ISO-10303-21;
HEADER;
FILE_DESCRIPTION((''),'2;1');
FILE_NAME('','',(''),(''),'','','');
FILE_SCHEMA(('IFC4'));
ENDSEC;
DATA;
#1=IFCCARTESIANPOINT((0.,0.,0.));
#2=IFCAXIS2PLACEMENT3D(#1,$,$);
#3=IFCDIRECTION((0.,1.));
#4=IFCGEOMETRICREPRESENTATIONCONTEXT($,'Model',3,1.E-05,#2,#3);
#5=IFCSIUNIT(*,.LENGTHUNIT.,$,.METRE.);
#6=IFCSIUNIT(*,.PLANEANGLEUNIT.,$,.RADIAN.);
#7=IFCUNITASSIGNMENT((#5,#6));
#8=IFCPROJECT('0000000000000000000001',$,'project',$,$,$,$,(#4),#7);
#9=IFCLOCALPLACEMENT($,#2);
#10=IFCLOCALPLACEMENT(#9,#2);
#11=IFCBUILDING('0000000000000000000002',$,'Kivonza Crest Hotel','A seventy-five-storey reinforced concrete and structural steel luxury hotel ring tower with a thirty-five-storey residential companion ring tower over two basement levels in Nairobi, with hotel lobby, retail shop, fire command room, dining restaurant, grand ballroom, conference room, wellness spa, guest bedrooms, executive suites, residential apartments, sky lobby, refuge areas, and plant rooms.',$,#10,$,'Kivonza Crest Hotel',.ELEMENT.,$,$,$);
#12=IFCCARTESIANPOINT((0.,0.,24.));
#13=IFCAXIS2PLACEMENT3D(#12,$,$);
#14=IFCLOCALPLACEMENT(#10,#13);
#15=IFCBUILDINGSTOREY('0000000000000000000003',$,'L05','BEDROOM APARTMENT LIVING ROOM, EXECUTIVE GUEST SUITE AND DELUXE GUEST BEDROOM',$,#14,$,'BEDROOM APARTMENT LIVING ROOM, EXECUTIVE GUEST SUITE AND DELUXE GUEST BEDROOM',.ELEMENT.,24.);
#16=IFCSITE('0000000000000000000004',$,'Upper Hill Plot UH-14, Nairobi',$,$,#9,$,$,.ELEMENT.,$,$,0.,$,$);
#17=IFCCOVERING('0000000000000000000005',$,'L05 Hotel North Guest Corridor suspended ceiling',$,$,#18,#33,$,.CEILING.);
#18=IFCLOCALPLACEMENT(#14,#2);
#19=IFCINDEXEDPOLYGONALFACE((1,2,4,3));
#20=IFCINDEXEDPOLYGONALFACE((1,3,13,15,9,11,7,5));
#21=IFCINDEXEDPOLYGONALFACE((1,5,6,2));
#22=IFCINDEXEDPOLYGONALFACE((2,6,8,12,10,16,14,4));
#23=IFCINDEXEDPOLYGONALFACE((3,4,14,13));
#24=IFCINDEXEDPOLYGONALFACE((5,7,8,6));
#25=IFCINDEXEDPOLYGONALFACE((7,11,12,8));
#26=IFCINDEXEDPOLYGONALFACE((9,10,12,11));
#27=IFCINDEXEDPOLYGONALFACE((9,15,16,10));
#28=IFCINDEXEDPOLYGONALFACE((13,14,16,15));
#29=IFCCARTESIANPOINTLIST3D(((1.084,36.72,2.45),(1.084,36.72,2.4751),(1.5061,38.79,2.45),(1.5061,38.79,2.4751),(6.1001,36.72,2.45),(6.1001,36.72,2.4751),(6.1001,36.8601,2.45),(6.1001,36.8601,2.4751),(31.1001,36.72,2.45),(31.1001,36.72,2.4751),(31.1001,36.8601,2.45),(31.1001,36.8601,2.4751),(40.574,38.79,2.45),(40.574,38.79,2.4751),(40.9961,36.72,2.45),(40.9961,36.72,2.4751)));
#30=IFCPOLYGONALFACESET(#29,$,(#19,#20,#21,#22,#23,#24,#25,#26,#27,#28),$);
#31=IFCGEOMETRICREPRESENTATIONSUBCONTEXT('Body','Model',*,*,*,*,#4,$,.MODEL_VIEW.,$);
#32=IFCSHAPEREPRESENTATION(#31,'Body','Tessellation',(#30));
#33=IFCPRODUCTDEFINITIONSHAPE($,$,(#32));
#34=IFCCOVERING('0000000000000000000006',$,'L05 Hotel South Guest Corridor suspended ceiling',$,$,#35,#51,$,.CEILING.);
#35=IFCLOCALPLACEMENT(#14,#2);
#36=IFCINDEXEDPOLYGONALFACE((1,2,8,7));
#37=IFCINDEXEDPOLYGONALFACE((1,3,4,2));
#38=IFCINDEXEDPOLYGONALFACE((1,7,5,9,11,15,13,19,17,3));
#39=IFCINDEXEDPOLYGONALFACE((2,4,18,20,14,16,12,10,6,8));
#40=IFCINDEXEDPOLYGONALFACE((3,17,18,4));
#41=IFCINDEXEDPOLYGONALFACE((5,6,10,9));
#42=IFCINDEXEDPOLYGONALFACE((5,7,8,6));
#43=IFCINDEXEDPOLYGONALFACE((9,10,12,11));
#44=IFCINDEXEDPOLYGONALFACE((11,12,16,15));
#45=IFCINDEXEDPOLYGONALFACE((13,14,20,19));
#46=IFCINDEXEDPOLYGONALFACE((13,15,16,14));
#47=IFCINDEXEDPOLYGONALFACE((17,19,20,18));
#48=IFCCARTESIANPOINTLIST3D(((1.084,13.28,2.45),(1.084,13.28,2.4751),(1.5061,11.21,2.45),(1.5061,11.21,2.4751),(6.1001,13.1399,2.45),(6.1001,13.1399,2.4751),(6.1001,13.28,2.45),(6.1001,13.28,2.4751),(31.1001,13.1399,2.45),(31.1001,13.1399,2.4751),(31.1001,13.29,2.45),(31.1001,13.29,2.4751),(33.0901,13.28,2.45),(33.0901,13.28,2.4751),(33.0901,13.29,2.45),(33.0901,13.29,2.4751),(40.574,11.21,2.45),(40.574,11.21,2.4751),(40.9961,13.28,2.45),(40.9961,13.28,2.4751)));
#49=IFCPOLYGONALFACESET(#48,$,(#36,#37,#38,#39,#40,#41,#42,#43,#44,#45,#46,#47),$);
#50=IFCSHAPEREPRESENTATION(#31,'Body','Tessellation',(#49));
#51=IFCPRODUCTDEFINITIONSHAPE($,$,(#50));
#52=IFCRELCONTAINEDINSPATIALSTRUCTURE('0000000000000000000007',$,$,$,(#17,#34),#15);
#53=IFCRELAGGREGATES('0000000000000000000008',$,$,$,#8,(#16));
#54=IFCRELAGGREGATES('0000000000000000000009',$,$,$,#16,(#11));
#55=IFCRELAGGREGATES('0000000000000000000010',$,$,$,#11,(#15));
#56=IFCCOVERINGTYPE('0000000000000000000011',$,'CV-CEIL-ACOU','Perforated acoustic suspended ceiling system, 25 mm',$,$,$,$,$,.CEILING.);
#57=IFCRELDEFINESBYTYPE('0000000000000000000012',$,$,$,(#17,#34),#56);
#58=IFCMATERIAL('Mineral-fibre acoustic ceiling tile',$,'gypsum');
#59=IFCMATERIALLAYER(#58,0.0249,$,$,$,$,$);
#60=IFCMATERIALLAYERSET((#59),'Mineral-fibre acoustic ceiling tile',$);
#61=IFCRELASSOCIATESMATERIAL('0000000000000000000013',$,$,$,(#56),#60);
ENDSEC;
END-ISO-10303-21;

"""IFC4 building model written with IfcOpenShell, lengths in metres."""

from ifc_helpers import new_model, si_unit, direction, frame, origin, place, context, subcontext, project, spatial, polyline, outline, extrude, material, layer, layer_set, type_object, element, save


model = new_model("IFC4")

# Units and contexts
model_context = context("Model", 3, precision=1e-05, world=origin(), true_north=direction((0.0, 1.0)))
body_context = subcontext(model_context, "Body", "Model", "MODEL_VIEW")
ifc_project = project(units=[si_unit("LENGTHUNIT", "METRE"), si_unit("PLANEANGLEUNIT", "RADIAN")], contexts=[model_context])

# Site, building, storey
site_placement = place(None, origin())
site = spatial("IfcSite", under=ifc_project, at=site_placement, Name="Upper Hill Plot UH-14, Nairobi", CompositionType="ELEMENT", RefElevation=0.0)
building_placement = place(site_placement, origin())
building = spatial("IfcBuilding", under=site, at=building_placement, Name="Kivonza Crest Hotel", Description="A seventy-five-storey reinforced concrete and structural steel luxury hotel ring tower with a thirty-five-storey residential companion ring tower over two basement levels in Nairobi, with hotel lobby, retail shop, fire command room, dining restaurant, grand ballroom, conference room, wellness spa, guest bedrooms, executive suites, residential apartments, sky lobby, refuge areas, and plant rooms.", LongName="Kivonza Crest Hotel", CompositionType="ELEMENT")
storey_placement = place(building_placement, frame((0.0, 0.0, 24.0)))
storey = spatial("IfcBuildingStorey", under=building, at=storey_placement, Name="L05", Description="BEDROOM APARTMENT LIVING ROOM, EXECUTIVE GUEST SUITE AND DELUXE GUEST BEDROOM", LongName="BEDROOM APARTMENT LIVING ROOM, EXECUTIVE GUEST SUITE AND DELUXE GUEST BEDROOM", CompositionType="ELEMENT", Elevation=24.0)

# Coverings
ifc_material_1 = material(Name="Mineral-fibre acoustic ceiling tile", Category="gypsum")
ifc_layer_1 = layer(ifc_material_1, 0.0249)
ifc_layer_set_1 = layer_set([ifc_layer_1], Name="Mineral-fibre acoustic ceiling tile")
covering_type = type_object("IfcCoveringType", Name="CV-CEIL-ACOU", Description="Perforated acoustic suspended ceiling system, 25 mm", PredefinedType="CEILING", material=ifc_layer_set_1)
covering_1_placement = place(storey_placement, frame((0.0, 0.0, 2.45)))
element("IfcCovering", 1, at=covering_1_placement, inside=storey, type_object=covering_type, Name="L05 Hotel North Guest Corridor suspended ceiling", PredefinedType="CEILING", context=body_context, shape_type="SweptSolid", body=[
    extrude(outline(polyline([(1.5061, 38.79), (1.084, 36.72), (6.1001, 36.72), (6.1001, 36.8601), (31.1001, 36.8601), (31.1001, 36.72), (40.9961, 36.72), (40.574, 38.79), (1.5061, 38.79)])), origin(), (0.0, 0.0, 1.0), 0.0251),
])
covering_2_placement = place(storey_placement, frame((0.0, 0.0, 2.45)))
element("IfcCovering", 2, at=covering_2_placement, inside=storey, type_object=covering_type, Name="L05 Hotel South Guest Corridor suspended ceiling", PredefinedType="CEILING", context=body_context, shape_type="SweptSolid", body=[
    extrude(outline(polyline([(31.1001, 13.29), (31.1001, 13.1399), (6.1001, 13.1399), (6.1001, 13.28), (1.084, 13.28), (1.5061, 11.21), (40.574, 11.21), (40.9961, 13.28), (33.0901, 13.28), (33.0901, 13.29), (31.1001, 13.29)])), origin(), (0.0, 0.0, 1.0), 0.0251),
])

save(model, "model.ifc")
